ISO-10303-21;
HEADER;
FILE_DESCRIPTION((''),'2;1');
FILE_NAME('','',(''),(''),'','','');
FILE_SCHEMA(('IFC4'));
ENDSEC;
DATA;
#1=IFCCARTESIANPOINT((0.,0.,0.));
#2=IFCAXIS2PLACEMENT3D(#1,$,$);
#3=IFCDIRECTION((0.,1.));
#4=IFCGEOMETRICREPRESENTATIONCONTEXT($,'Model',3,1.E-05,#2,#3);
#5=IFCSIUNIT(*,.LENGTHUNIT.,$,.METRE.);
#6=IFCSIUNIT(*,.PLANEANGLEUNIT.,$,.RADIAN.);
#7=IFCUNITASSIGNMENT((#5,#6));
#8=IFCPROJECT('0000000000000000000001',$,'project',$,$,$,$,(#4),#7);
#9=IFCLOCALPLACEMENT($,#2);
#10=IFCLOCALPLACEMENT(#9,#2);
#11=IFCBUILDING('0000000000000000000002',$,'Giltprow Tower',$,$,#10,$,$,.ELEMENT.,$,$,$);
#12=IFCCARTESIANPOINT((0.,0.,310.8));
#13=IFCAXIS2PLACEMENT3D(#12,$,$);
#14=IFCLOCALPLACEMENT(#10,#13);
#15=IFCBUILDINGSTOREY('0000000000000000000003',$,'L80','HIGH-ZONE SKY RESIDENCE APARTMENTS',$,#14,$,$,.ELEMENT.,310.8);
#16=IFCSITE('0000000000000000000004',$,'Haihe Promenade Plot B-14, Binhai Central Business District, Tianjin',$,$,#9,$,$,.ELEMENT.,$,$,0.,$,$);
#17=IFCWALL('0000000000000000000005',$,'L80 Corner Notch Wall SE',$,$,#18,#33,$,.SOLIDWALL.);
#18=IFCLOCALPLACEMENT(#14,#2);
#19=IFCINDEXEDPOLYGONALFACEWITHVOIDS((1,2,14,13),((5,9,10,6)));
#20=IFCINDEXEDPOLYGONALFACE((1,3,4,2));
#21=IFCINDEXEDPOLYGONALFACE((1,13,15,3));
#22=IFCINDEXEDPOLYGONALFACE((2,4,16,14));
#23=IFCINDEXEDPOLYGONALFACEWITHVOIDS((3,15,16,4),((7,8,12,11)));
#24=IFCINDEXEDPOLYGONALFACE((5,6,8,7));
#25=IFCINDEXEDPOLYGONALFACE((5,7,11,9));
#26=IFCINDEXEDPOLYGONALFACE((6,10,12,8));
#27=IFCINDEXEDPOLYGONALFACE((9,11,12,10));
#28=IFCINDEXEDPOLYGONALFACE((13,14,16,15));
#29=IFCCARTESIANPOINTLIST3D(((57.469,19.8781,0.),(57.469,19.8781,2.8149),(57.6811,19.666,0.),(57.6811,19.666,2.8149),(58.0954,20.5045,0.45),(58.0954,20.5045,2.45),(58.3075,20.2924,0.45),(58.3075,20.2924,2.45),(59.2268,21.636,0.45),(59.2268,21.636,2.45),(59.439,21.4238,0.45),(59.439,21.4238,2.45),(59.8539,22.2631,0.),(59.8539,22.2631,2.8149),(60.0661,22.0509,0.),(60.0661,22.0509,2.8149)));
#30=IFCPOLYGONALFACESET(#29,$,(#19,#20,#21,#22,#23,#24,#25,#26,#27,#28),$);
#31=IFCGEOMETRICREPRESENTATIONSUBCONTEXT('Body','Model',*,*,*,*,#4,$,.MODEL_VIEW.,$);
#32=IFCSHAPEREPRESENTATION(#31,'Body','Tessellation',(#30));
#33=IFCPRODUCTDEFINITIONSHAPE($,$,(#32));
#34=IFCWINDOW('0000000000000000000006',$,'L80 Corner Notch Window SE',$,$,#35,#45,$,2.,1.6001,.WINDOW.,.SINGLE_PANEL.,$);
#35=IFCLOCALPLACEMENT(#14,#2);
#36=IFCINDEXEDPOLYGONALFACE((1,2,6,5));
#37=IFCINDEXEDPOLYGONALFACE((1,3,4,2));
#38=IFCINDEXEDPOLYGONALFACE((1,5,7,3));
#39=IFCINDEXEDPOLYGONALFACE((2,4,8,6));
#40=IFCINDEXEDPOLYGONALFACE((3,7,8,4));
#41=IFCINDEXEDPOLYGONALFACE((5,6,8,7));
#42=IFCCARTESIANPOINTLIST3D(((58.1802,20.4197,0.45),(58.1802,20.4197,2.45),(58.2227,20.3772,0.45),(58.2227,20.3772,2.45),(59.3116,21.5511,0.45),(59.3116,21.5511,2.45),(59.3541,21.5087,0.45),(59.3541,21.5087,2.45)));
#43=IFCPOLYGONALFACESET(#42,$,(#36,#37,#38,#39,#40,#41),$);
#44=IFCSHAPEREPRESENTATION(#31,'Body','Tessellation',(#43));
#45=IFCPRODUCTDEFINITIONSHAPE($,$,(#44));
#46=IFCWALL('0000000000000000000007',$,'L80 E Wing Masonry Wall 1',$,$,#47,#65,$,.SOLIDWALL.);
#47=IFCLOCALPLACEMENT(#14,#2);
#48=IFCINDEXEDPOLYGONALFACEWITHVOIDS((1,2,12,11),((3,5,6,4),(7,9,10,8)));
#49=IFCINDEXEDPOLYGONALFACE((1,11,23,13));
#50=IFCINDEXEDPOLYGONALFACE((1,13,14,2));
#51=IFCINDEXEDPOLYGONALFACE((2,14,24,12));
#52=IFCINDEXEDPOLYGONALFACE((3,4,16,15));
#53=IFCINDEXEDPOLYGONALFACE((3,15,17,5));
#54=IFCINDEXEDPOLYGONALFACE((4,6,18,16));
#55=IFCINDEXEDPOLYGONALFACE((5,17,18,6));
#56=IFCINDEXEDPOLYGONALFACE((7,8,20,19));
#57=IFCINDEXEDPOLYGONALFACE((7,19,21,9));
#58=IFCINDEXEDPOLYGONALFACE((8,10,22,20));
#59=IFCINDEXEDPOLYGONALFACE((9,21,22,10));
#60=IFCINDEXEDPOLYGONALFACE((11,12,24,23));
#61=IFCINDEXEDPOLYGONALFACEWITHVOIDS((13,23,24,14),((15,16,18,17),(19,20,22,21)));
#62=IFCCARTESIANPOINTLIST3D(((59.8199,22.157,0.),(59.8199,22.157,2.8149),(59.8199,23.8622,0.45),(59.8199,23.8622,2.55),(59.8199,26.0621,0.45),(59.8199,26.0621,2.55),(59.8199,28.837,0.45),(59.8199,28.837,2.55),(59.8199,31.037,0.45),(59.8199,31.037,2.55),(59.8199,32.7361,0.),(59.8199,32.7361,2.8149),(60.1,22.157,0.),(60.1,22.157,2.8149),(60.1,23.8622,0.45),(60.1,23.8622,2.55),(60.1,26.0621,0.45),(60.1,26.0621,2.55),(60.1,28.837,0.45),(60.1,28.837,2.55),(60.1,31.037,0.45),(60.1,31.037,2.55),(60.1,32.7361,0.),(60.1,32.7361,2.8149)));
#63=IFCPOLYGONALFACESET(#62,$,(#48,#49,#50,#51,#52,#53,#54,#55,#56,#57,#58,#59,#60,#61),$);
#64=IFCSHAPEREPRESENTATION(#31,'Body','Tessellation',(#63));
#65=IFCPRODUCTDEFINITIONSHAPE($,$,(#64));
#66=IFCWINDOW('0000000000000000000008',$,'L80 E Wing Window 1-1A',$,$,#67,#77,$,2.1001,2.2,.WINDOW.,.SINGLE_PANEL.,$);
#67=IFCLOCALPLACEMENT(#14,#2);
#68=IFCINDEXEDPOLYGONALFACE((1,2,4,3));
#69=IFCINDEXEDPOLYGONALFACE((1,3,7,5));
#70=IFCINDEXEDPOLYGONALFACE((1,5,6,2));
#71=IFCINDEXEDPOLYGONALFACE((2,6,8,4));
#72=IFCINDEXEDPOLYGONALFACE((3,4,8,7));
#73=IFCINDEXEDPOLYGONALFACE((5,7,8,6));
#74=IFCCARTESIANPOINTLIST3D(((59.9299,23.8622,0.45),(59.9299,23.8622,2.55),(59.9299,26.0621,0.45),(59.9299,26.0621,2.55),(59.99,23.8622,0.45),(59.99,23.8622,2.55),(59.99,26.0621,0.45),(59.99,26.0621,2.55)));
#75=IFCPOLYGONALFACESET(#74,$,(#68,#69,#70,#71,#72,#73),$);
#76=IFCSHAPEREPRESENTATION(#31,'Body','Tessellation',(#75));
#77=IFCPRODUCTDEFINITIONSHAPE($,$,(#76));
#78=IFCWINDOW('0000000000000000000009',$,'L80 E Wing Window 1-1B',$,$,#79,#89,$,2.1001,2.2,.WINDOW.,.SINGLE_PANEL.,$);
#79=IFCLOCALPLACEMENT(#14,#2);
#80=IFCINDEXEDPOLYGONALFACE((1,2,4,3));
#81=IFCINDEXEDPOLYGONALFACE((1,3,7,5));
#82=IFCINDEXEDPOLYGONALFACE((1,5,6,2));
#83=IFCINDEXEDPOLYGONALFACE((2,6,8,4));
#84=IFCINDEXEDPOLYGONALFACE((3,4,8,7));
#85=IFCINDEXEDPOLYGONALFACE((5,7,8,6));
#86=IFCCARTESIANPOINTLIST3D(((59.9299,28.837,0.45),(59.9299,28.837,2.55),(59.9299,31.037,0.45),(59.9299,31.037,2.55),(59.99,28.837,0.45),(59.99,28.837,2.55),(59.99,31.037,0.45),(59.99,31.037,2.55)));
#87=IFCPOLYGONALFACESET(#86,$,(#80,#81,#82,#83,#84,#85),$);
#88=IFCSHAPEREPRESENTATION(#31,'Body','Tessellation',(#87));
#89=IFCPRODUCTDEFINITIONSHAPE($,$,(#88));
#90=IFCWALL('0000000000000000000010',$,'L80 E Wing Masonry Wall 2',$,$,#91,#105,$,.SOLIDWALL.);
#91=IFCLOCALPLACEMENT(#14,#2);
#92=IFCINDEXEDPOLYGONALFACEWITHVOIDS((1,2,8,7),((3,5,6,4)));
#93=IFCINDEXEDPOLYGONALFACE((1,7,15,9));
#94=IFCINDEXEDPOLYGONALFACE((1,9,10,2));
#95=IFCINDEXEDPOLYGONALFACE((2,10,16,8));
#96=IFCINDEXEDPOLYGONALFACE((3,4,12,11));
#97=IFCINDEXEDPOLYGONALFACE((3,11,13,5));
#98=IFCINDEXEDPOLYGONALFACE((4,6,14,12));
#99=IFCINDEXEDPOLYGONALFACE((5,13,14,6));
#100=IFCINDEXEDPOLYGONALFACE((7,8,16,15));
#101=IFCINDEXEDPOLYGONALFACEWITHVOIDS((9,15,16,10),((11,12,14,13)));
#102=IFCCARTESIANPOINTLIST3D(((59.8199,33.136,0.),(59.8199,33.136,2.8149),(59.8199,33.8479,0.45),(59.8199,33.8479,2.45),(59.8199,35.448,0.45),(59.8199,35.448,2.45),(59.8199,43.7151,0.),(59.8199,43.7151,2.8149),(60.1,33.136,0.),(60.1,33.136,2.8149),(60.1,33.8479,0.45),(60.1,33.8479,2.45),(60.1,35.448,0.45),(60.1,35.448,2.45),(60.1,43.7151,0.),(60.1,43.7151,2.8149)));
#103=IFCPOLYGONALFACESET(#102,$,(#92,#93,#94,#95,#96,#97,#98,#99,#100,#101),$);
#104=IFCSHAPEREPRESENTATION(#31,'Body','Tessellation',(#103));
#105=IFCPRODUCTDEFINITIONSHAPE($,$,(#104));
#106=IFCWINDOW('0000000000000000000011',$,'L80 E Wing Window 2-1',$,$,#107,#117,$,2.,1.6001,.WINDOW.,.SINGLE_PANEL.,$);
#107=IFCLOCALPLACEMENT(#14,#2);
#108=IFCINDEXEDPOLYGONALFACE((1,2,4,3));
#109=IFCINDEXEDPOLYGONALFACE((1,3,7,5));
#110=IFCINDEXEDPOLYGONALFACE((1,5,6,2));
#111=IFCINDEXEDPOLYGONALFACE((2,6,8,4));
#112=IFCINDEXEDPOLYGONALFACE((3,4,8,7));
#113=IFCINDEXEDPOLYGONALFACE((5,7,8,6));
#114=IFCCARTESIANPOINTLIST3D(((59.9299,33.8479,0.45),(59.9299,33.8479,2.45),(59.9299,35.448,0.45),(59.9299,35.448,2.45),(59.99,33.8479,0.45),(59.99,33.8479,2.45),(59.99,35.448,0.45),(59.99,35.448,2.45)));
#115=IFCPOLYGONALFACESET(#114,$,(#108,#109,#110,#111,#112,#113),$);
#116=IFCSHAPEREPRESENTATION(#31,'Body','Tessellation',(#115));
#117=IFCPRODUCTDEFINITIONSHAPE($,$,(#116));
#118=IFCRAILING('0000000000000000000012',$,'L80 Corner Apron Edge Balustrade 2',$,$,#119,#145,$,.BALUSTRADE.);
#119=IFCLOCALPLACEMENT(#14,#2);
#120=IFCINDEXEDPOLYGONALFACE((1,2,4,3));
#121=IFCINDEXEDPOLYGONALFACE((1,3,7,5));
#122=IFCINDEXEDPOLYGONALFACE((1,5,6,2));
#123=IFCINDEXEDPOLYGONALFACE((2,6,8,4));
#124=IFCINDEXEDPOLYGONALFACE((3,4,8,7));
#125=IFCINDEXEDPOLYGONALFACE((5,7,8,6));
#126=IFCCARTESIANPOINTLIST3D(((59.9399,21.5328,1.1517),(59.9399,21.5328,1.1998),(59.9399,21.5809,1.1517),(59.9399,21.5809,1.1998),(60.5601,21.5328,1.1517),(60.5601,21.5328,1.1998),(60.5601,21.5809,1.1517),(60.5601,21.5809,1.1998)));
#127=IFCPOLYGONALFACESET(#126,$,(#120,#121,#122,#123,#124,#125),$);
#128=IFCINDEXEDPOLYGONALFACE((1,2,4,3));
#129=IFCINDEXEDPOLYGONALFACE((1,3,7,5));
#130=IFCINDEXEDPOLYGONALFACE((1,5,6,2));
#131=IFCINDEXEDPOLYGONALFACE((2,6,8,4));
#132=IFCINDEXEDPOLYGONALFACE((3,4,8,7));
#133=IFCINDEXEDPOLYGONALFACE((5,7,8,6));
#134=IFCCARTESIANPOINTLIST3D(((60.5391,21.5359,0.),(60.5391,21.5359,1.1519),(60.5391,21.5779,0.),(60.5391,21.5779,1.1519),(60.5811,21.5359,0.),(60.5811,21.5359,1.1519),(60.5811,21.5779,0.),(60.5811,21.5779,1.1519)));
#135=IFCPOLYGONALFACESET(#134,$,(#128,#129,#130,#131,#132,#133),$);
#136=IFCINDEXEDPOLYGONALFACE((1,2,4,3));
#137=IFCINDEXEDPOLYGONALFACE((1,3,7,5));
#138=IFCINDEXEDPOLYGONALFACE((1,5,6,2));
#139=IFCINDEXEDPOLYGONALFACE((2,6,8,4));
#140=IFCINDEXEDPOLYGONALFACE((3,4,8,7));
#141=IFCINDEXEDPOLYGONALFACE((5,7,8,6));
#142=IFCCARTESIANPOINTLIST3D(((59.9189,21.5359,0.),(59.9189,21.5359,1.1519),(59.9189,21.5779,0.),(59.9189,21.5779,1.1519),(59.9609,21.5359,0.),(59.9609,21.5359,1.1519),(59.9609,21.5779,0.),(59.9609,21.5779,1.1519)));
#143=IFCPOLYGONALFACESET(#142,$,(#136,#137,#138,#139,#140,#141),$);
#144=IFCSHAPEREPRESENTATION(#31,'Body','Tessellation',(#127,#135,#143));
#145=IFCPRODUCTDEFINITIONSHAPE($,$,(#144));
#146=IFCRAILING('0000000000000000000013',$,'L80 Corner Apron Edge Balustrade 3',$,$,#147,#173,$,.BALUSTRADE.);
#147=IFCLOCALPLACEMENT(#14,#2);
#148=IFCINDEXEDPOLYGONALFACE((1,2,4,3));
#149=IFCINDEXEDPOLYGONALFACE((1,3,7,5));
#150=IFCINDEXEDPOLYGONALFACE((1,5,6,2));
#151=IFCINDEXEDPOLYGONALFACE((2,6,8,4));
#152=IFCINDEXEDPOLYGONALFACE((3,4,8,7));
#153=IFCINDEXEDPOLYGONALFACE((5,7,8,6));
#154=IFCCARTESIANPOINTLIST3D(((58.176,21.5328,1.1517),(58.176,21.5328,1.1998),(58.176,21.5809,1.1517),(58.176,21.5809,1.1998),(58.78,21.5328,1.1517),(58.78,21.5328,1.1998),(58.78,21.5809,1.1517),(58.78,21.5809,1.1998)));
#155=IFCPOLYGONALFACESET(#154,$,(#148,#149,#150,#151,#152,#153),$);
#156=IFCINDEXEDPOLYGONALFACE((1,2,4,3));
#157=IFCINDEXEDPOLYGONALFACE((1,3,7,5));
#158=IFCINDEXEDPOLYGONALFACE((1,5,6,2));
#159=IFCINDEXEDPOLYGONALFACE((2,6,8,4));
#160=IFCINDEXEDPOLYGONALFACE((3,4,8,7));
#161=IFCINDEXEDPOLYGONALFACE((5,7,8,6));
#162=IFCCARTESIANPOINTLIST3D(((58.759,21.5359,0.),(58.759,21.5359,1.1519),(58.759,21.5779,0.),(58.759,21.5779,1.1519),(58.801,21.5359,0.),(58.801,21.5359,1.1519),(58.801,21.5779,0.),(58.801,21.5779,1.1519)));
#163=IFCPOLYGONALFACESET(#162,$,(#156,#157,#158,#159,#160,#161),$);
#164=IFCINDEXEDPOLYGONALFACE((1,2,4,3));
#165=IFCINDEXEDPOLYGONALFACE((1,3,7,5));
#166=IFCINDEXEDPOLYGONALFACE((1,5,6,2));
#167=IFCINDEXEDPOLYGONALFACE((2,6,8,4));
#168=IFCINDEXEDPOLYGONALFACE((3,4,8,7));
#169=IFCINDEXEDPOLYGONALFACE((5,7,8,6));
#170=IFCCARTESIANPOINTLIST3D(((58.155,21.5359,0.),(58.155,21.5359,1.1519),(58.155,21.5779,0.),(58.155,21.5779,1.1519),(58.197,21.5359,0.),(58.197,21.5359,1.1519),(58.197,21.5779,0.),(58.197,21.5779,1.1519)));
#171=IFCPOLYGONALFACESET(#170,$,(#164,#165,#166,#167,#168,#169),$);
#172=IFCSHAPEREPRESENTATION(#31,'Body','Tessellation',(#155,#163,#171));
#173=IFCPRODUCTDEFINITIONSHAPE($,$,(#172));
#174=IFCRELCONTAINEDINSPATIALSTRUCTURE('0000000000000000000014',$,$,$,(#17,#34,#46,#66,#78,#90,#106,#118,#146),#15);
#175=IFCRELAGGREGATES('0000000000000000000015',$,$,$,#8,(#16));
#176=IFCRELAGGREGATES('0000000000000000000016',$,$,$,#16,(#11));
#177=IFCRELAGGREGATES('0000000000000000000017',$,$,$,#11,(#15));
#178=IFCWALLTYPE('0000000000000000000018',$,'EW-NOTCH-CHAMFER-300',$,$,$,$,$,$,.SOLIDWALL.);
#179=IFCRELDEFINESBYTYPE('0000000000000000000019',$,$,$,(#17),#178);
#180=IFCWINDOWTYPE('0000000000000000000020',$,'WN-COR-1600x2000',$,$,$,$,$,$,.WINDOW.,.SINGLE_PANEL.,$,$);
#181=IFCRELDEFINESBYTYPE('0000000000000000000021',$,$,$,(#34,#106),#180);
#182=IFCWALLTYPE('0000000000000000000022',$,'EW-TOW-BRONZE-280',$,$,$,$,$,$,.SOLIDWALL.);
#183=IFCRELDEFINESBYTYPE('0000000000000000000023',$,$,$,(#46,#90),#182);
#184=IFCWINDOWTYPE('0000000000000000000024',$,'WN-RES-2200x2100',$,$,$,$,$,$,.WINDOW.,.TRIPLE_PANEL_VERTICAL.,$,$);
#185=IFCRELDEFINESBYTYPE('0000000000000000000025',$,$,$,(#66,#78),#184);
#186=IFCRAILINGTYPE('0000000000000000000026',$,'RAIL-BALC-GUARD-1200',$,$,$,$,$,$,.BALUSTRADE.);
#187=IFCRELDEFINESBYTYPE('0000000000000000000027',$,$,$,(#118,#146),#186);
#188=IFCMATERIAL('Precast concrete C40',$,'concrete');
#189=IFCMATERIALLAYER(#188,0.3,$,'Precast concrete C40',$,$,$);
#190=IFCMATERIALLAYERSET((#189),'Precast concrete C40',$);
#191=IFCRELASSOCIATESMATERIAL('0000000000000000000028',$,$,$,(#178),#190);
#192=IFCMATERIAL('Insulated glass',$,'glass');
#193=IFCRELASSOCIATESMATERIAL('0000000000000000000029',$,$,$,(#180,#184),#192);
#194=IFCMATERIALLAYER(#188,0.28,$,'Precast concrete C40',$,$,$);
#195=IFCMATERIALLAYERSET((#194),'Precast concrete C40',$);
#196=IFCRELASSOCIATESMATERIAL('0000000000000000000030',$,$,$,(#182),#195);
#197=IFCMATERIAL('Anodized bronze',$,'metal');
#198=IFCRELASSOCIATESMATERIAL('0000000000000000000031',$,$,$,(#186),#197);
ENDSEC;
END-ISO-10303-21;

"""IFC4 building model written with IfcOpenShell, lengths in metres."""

from ifc_helpers import new_model, si_unit, direction, frame, frame_2d, origin, origin_2d, place, context, subcontext, project, spatial, rectangle, extrude, source, transform, mapped, material, layer, layer_set, type_object, element, fill, save


model = new_model("IFC4")

# Units and contexts
model_context = context("Model", 3, precision=1e-05, world=origin(), true_north=direction((0.0, 1.0)))
body_context = subcontext(model_context, "Body", "Model", "MODEL_VIEW")
ifc_project = project(units=[si_unit("LENGTHUNIT", "METRE"), si_unit("PLANEANGLEUNIT", "RADIAN")], contexts=[model_context])

# Site, building, storey
site_placement = place(None, origin())
site = spatial("IfcSite", under=ifc_project, at=site_placement, Name="Haihe Promenade Plot B-14, Binhai Central Business District, Tianjin", CompositionType="ELEMENT", RefElevation=0.0)
building_placement = place(site_placement, origin())
building = spatial("IfcBuilding", under=site, at=building_placement, Name="Giltprow Tower", CompositionType="ELEMENT")
storey_placement = place(building_placement, frame((0.0, 0.0, 310.8)))
storey = spatial("IfcBuildingStorey", under=building, at=storey_placement, Name="L80", Description="HIGH-ZONE SKY RESIDENCE APARTMENTS", CompositionType="ELEMENT", Elevation=310.8)

# Shared definitions
ifc_material_1 = material(Name="Anodized bronze", Category="metal")

# Shared definitions
ifc_material_2 = material(Name="Insulated glass", Category="glass")

# Wall, opening, window
ifc_material_3 = material(Name="Precast concrete C40", Category="concrete")
ifc_layer_1 = layer(ifc_material_3, 0.3, Name="Precast concrete C40")
ifc_layer_set_1 = layer_set([ifc_layer_1], Name="Precast concrete C40")
wall_type_1 = type_object("IfcWallType", Name="EW-NOTCH-CHAMFER-300", PredefinedType="SOLIDWALL", material=ifc_layer_set_1)
wall_1_placement = place(storey_placement, frame((57.575, 19.772, 0.0), z_axis=(0.0, 0.0, 1.0), x_axis=(0.707107, 0.707107, 0.0)))
wall_1 = element("IfcWall", 1, at=wall_1_placement, inside=storey, type_object=wall_type_1, Name="L80 Corner Notch Wall SE", PredefinedType="SOLIDWALL", context=body_context, shape_type="SweptSolid", body=[
    extrude(rectangle(XDim=3.3728, YDim=0.3, at=frame_2d((1.6865, 0.0))), origin(), (0.0, 0.0, 1.0), 2.8149),
])
opening_1_placement = place(wall_1_placement, frame((0.886, 0.0, 0.45)))
opening_1 = element("IfcOpeningElement", 2, at=opening_1_placement, cuts=wall_1, PredefinedType="OPENING", context=body_context, shape_type="SweptSolid", body=[
    extrude(rectangle(XDim=1.6001, YDim=2.0, at=frame_2d((0.8, 1.0))), frame((0.0, 0.1599, 0.0), z_axis=(0.0, -1.0, 0.0), x_axis=(1.0, 0.0, 0.0)), (0.0, 0.0, 1.0), 0.3201),
])
window_type_1 = type_object("IfcWindowType", Name="WN-COR-1600x2000", PartitioningType="SINGLE_PANEL", PredefinedType="WINDOW", material=ifc_material_2)
shared_shape_1 = source(origin(), body_context, "Body", "SweptSolid", [
    extrude(rectangle(XDim=1.6001, YDim=2.0, at=frame_2d((0.8, 1.0))), frame((0.0, 0.03, 0.0), z_axis=(0.0, -1.0, 0.0), x_axis=(1.0, 0.0, 0.0)), (0.0, 0.0, 1.0), 0.0601),
])
window_1_placement = place(opening_1_placement, origin())
window_1 = element("IfcWindow", 3, at=window_1_placement, inside=storey, type_object=window_type_1, Name="L80 Corner Notch Window SE", OverallHeight=2.0, OverallWidth=1.6001, PartitioningType="SINGLE_PANEL", PredefinedType="WINDOW", context=body_context, shape_type="MappedRepresentation", body=[
    mapped(shared_shape_1, transform((0.0, 0.0, 0.0), x_axis=(1.0, 0.0, 0.0), y_axis=(0.0, 1.0, 0.0), z_axis=(0.0, 0.0, 1.0), scale=1.0)),
])
fill(opening_1, window_1)

# Wall, openings, windows
ifc_layer_2 = layer(ifc_material_3, 0.28, Name="Precast concrete C40")
ifc_layer_set_2 = layer_set([ifc_layer_2], Name="Precast concrete C40")
wall_type_2 = type_object("IfcWallType", Name="EW-TOW-BRONZE-280", PredefinedType="SOLIDWALL", material=ifc_layer_set_2)
wall_2_placement = place(storey_placement, frame((59.96, 22.157, 0.0), z_axis=(0.0, 0.0, 1.0), x_axis=(0.0, 1.0, 0.0)))
wall_2 = element("IfcWall", 4, at=wall_2_placement, inside=storey, type_object=wall_type_2, Name="L80 E Wing Masonry Wall 1", PredefinedType="SOLIDWALL", context=body_context, shape_type="SweptSolid", body=[
    extrude(rectangle(XDim=10.5791, YDim=0.28, at=frame_2d((5.2896, 0.0))), origin(), (0.0, 0.0, 1.0), 2.8149),
])
opening_2_placement = place(wall_2_placement, frame((1.7051, 0.0, 0.45)))
opening_2 = element("IfcOpeningElement", 5, at=opening_2_placement, cuts=wall_2, PredefinedType="OPENING", context=body_context, shape_type="SweptSolid", body=[
    extrude(rectangle(XDim=2.2, YDim=2.1001, at=frame_2d((1.1001, 1.05))), frame((0.0, 0.1499, 0.0), z_axis=(0.0, -1.0, 0.0), x_axis=(1.0, 0.0, 0.0)), (0.0, 0.0, 1.0), 0.3),
])
opening_3_placement = place(wall_2_placement, frame((6.6799, 0.0, 0.45)))
opening_3 = element("IfcOpeningElement", 6, at=opening_3_placement, cuts=wall_2, PredefinedType="OPENING", context=body_context, shape_type="SweptSolid", body=[
    extrude(rectangle(XDim=2.2, YDim=2.1001, at=frame_2d((1.1001, 1.05))), frame((0.0, 0.1499, 0.0), z_axis=(0.0, -1.0, 0.0), x_axis=(1.0, 0.0, 0.0)), (0.0, 0.0, 1.0), 0.3),
])
window_type_2 = type_object("IfcWindowType", Name="WN-RES-2200x2100", PartitioningType="TRIPLE_PANEL_VERTICAL", PredefinedType="WINDOW", material=ifc_material_2)
shared_shape_2 = source(origin(), body_context, "Body", "SweptSolid", [
    extrude(rectangle(XDim=2.2, YDim=2.1001, at=frame_2d((1.1001, 1.05))), frame((0.0, 0.03, 0.0), z_axis=(0.0, -1.0, 0.0), x_axis=(1.0, 0.0, 0.0)), (0.0, 0.0, 1.0), 0.0601),
])
window_2_placement = place(opening_2_placement, origin())
window_2 = element("IfcWindow", 7, at=window_2_placement, inside=storey, type_object=window_type_2, Name="L80 E Wing Window 1-1A", OverallHeight=2.1001, OverallWidth=2.2, PartitioningType="SINGLE_PANEL", PredefinedType="WINDOW", context=body_context, shape_type="MappedRepresentation", body=[
    mapped(shared_shape_2, transform((0.0, 0.0, 0.0), x_axis=(1.0, 0.0, 0.0), y_axis=(0.0, 1.0, 0.0), z_axis=(0.0, 0.0, 1.0), scale=1.0)),
])
fill(opening_2, window_2)
window_3_placement = place(opening_3_placement, origin())
window_3 = element("IfcWindow", 8, at=window_3_placement, inside=storey, type_object=window_type_2, Name="L80 E Wing Window 1-1B", OverallHeight=2.1001, OverallWidth=2.2, PartitioningType="SINGLE_PANEL", PredefinedType="WINDOW", context=body_context, shape_type="MappedRepresentation", body=[
    mapped(shared_shape_2, transform((0.0, 0.0, 0.0), x_axis=(1.0, 0.0, 0.0), y_axis=(0.0, 1.0, 0.0), z_axis=(0.0, 0.0, 1.0), scale=1.0)),
])
fill(opening_3, window_3)

# Wall, opening, window
wall_3_placement = place(storey_placement, frame((59.96, 33.136, 0.0), z_axis=(0.0, 0.0, 1.0), x_axis=(0.0, 1.0, 0.0)))
wall_3 = element("IfcWall", 9, at=wall_3_placement, inside=storey, type_object=wall_type_2, Name="L80 E Wing Masonry Wall 2", PredefinedType="SOLIDWALL", context=body_context, shape_type="SweptSolid", body=[
    extrude(rectangle(XDim=10.5791, YDim=0.28, at=frame_2d((5.2896, 0.0))), origin(), (0.0, 0.0, 1.0), 2.8149),
])
opening_4_placement = place(wall_3_placement, frame((0.7119, 0.0, 0.45)))
opening_4 = element("IfcOpeningElement", 10, at=opening_4_placement, cuts=wall_3, PredefinedType="OPENING", context=body_context, shape_type="SweptSolid", body=[
    extrude(rectangle(XDim=1.6001, YDim=2.0, at=frame_2d((0.8, 1.0))), frame((0.0, 0.1499, 0.0), z_axis=(0.0, -1.0, 0.0), x_axis=(1.0, 0.0, 0.0)), (0.0, 0.0, 1.0), 0.3),
])
window_4_placement = place(opening_4_placement, origin())
window_4 = element("IfcWindow", 11, at=window_4_placement, inside=storey, type_object=window_type_1, Name="L80 E Wing Window 2-1", OverallHeight=2.0, OverallWidth=1.6001, PartitioningType="SINGLE_PANEL", PredefinedType="WINDOW", context=body_context, shape_type="MappedRepresentation", body=[
    mapped(shared_shape_1, transform((0.0, 0.0, 0.0), x_axis=(1.0, 0.0, 0.0), y_axis=(0.0, 1.0, 0.0), z_axis=(0.0, 0.0, 1.0), scale=1.0)),
])
fill(opening_4, window_4)

# Railings
railing_type = type_object("IfcRailingType", Name="RAIL-BALC-GUARD-1200", PredefinedType="BALUSTRADE", material=ifc_material_1)
railing_1_placement = place(storey_placement, frame((60.5601, 21.5569, 0.0)))
element("IfcRailing", 12, at=railing_1_placement, inside=storey, type_object=railing_type, Name="L80 Corner Apron Edge Balustrade 2", PredefinedType="BALUSTRADE", context=body_context, shape_type="SweptSolid", body=[
    extrude(rectangle(XDim=0.0481, YDim=0.0481, at=origin_2d()), frame((0.0, 0.0, 1.1758), z_axis=(-1.0, 0.0, 0.0), x_axis=(0.0, -1.0, 0.0)), (0.0, 0.0, 1.0), 0.6201),
    extrude(rectangle(XDim=0.042, YDim=0.042, at=origin_2d()), origin(), (0.0, 0.0, 1.0), 1.1519),
    extrude(rectangle(XDim=0.042, YDim=0.042, at=origin_2d()), frame((-0.6201, 0.0, 0.0)), (0.0, 0.0, 1.0), 1.1519),
])
railing_2_placement = place(storey_placement, frame((58.78, 21.5569, 0.0)))
element("IfcRailing", 13, at=railing_2_placement, inside=storey, type_object=railing_type, Name="L80 Corner Apron Edge Balustrade 3", PredefinedType="BALUSTRADE", context=body_context, shape_type="SweptSolid", body=[
    extrude(rectangle(XDim=0.0481, YDim=0.0481, at=origin_2d()), frame((0.0, 0.0, 1.1758), z_axis=(-1.0, 0.0, 0.0), x_axis=(0.0, -1.0, 0.0)), (0.0, 0.0, 1.0), 0.604),
    extrude(rectangle(XDim=0.042, YDim=0.042, at=origin_2d()), origin(), (0.0, 0.0, 1.0), 1.1519),
    extrude(rectangle(XDim=0.042, YDim=0.042, at=origin_2d()), frame((-0.604, 0.0, 0.0)), (0.0, 0.0, 1.0), 1.1519),
])

save(model, "model.ifc")
